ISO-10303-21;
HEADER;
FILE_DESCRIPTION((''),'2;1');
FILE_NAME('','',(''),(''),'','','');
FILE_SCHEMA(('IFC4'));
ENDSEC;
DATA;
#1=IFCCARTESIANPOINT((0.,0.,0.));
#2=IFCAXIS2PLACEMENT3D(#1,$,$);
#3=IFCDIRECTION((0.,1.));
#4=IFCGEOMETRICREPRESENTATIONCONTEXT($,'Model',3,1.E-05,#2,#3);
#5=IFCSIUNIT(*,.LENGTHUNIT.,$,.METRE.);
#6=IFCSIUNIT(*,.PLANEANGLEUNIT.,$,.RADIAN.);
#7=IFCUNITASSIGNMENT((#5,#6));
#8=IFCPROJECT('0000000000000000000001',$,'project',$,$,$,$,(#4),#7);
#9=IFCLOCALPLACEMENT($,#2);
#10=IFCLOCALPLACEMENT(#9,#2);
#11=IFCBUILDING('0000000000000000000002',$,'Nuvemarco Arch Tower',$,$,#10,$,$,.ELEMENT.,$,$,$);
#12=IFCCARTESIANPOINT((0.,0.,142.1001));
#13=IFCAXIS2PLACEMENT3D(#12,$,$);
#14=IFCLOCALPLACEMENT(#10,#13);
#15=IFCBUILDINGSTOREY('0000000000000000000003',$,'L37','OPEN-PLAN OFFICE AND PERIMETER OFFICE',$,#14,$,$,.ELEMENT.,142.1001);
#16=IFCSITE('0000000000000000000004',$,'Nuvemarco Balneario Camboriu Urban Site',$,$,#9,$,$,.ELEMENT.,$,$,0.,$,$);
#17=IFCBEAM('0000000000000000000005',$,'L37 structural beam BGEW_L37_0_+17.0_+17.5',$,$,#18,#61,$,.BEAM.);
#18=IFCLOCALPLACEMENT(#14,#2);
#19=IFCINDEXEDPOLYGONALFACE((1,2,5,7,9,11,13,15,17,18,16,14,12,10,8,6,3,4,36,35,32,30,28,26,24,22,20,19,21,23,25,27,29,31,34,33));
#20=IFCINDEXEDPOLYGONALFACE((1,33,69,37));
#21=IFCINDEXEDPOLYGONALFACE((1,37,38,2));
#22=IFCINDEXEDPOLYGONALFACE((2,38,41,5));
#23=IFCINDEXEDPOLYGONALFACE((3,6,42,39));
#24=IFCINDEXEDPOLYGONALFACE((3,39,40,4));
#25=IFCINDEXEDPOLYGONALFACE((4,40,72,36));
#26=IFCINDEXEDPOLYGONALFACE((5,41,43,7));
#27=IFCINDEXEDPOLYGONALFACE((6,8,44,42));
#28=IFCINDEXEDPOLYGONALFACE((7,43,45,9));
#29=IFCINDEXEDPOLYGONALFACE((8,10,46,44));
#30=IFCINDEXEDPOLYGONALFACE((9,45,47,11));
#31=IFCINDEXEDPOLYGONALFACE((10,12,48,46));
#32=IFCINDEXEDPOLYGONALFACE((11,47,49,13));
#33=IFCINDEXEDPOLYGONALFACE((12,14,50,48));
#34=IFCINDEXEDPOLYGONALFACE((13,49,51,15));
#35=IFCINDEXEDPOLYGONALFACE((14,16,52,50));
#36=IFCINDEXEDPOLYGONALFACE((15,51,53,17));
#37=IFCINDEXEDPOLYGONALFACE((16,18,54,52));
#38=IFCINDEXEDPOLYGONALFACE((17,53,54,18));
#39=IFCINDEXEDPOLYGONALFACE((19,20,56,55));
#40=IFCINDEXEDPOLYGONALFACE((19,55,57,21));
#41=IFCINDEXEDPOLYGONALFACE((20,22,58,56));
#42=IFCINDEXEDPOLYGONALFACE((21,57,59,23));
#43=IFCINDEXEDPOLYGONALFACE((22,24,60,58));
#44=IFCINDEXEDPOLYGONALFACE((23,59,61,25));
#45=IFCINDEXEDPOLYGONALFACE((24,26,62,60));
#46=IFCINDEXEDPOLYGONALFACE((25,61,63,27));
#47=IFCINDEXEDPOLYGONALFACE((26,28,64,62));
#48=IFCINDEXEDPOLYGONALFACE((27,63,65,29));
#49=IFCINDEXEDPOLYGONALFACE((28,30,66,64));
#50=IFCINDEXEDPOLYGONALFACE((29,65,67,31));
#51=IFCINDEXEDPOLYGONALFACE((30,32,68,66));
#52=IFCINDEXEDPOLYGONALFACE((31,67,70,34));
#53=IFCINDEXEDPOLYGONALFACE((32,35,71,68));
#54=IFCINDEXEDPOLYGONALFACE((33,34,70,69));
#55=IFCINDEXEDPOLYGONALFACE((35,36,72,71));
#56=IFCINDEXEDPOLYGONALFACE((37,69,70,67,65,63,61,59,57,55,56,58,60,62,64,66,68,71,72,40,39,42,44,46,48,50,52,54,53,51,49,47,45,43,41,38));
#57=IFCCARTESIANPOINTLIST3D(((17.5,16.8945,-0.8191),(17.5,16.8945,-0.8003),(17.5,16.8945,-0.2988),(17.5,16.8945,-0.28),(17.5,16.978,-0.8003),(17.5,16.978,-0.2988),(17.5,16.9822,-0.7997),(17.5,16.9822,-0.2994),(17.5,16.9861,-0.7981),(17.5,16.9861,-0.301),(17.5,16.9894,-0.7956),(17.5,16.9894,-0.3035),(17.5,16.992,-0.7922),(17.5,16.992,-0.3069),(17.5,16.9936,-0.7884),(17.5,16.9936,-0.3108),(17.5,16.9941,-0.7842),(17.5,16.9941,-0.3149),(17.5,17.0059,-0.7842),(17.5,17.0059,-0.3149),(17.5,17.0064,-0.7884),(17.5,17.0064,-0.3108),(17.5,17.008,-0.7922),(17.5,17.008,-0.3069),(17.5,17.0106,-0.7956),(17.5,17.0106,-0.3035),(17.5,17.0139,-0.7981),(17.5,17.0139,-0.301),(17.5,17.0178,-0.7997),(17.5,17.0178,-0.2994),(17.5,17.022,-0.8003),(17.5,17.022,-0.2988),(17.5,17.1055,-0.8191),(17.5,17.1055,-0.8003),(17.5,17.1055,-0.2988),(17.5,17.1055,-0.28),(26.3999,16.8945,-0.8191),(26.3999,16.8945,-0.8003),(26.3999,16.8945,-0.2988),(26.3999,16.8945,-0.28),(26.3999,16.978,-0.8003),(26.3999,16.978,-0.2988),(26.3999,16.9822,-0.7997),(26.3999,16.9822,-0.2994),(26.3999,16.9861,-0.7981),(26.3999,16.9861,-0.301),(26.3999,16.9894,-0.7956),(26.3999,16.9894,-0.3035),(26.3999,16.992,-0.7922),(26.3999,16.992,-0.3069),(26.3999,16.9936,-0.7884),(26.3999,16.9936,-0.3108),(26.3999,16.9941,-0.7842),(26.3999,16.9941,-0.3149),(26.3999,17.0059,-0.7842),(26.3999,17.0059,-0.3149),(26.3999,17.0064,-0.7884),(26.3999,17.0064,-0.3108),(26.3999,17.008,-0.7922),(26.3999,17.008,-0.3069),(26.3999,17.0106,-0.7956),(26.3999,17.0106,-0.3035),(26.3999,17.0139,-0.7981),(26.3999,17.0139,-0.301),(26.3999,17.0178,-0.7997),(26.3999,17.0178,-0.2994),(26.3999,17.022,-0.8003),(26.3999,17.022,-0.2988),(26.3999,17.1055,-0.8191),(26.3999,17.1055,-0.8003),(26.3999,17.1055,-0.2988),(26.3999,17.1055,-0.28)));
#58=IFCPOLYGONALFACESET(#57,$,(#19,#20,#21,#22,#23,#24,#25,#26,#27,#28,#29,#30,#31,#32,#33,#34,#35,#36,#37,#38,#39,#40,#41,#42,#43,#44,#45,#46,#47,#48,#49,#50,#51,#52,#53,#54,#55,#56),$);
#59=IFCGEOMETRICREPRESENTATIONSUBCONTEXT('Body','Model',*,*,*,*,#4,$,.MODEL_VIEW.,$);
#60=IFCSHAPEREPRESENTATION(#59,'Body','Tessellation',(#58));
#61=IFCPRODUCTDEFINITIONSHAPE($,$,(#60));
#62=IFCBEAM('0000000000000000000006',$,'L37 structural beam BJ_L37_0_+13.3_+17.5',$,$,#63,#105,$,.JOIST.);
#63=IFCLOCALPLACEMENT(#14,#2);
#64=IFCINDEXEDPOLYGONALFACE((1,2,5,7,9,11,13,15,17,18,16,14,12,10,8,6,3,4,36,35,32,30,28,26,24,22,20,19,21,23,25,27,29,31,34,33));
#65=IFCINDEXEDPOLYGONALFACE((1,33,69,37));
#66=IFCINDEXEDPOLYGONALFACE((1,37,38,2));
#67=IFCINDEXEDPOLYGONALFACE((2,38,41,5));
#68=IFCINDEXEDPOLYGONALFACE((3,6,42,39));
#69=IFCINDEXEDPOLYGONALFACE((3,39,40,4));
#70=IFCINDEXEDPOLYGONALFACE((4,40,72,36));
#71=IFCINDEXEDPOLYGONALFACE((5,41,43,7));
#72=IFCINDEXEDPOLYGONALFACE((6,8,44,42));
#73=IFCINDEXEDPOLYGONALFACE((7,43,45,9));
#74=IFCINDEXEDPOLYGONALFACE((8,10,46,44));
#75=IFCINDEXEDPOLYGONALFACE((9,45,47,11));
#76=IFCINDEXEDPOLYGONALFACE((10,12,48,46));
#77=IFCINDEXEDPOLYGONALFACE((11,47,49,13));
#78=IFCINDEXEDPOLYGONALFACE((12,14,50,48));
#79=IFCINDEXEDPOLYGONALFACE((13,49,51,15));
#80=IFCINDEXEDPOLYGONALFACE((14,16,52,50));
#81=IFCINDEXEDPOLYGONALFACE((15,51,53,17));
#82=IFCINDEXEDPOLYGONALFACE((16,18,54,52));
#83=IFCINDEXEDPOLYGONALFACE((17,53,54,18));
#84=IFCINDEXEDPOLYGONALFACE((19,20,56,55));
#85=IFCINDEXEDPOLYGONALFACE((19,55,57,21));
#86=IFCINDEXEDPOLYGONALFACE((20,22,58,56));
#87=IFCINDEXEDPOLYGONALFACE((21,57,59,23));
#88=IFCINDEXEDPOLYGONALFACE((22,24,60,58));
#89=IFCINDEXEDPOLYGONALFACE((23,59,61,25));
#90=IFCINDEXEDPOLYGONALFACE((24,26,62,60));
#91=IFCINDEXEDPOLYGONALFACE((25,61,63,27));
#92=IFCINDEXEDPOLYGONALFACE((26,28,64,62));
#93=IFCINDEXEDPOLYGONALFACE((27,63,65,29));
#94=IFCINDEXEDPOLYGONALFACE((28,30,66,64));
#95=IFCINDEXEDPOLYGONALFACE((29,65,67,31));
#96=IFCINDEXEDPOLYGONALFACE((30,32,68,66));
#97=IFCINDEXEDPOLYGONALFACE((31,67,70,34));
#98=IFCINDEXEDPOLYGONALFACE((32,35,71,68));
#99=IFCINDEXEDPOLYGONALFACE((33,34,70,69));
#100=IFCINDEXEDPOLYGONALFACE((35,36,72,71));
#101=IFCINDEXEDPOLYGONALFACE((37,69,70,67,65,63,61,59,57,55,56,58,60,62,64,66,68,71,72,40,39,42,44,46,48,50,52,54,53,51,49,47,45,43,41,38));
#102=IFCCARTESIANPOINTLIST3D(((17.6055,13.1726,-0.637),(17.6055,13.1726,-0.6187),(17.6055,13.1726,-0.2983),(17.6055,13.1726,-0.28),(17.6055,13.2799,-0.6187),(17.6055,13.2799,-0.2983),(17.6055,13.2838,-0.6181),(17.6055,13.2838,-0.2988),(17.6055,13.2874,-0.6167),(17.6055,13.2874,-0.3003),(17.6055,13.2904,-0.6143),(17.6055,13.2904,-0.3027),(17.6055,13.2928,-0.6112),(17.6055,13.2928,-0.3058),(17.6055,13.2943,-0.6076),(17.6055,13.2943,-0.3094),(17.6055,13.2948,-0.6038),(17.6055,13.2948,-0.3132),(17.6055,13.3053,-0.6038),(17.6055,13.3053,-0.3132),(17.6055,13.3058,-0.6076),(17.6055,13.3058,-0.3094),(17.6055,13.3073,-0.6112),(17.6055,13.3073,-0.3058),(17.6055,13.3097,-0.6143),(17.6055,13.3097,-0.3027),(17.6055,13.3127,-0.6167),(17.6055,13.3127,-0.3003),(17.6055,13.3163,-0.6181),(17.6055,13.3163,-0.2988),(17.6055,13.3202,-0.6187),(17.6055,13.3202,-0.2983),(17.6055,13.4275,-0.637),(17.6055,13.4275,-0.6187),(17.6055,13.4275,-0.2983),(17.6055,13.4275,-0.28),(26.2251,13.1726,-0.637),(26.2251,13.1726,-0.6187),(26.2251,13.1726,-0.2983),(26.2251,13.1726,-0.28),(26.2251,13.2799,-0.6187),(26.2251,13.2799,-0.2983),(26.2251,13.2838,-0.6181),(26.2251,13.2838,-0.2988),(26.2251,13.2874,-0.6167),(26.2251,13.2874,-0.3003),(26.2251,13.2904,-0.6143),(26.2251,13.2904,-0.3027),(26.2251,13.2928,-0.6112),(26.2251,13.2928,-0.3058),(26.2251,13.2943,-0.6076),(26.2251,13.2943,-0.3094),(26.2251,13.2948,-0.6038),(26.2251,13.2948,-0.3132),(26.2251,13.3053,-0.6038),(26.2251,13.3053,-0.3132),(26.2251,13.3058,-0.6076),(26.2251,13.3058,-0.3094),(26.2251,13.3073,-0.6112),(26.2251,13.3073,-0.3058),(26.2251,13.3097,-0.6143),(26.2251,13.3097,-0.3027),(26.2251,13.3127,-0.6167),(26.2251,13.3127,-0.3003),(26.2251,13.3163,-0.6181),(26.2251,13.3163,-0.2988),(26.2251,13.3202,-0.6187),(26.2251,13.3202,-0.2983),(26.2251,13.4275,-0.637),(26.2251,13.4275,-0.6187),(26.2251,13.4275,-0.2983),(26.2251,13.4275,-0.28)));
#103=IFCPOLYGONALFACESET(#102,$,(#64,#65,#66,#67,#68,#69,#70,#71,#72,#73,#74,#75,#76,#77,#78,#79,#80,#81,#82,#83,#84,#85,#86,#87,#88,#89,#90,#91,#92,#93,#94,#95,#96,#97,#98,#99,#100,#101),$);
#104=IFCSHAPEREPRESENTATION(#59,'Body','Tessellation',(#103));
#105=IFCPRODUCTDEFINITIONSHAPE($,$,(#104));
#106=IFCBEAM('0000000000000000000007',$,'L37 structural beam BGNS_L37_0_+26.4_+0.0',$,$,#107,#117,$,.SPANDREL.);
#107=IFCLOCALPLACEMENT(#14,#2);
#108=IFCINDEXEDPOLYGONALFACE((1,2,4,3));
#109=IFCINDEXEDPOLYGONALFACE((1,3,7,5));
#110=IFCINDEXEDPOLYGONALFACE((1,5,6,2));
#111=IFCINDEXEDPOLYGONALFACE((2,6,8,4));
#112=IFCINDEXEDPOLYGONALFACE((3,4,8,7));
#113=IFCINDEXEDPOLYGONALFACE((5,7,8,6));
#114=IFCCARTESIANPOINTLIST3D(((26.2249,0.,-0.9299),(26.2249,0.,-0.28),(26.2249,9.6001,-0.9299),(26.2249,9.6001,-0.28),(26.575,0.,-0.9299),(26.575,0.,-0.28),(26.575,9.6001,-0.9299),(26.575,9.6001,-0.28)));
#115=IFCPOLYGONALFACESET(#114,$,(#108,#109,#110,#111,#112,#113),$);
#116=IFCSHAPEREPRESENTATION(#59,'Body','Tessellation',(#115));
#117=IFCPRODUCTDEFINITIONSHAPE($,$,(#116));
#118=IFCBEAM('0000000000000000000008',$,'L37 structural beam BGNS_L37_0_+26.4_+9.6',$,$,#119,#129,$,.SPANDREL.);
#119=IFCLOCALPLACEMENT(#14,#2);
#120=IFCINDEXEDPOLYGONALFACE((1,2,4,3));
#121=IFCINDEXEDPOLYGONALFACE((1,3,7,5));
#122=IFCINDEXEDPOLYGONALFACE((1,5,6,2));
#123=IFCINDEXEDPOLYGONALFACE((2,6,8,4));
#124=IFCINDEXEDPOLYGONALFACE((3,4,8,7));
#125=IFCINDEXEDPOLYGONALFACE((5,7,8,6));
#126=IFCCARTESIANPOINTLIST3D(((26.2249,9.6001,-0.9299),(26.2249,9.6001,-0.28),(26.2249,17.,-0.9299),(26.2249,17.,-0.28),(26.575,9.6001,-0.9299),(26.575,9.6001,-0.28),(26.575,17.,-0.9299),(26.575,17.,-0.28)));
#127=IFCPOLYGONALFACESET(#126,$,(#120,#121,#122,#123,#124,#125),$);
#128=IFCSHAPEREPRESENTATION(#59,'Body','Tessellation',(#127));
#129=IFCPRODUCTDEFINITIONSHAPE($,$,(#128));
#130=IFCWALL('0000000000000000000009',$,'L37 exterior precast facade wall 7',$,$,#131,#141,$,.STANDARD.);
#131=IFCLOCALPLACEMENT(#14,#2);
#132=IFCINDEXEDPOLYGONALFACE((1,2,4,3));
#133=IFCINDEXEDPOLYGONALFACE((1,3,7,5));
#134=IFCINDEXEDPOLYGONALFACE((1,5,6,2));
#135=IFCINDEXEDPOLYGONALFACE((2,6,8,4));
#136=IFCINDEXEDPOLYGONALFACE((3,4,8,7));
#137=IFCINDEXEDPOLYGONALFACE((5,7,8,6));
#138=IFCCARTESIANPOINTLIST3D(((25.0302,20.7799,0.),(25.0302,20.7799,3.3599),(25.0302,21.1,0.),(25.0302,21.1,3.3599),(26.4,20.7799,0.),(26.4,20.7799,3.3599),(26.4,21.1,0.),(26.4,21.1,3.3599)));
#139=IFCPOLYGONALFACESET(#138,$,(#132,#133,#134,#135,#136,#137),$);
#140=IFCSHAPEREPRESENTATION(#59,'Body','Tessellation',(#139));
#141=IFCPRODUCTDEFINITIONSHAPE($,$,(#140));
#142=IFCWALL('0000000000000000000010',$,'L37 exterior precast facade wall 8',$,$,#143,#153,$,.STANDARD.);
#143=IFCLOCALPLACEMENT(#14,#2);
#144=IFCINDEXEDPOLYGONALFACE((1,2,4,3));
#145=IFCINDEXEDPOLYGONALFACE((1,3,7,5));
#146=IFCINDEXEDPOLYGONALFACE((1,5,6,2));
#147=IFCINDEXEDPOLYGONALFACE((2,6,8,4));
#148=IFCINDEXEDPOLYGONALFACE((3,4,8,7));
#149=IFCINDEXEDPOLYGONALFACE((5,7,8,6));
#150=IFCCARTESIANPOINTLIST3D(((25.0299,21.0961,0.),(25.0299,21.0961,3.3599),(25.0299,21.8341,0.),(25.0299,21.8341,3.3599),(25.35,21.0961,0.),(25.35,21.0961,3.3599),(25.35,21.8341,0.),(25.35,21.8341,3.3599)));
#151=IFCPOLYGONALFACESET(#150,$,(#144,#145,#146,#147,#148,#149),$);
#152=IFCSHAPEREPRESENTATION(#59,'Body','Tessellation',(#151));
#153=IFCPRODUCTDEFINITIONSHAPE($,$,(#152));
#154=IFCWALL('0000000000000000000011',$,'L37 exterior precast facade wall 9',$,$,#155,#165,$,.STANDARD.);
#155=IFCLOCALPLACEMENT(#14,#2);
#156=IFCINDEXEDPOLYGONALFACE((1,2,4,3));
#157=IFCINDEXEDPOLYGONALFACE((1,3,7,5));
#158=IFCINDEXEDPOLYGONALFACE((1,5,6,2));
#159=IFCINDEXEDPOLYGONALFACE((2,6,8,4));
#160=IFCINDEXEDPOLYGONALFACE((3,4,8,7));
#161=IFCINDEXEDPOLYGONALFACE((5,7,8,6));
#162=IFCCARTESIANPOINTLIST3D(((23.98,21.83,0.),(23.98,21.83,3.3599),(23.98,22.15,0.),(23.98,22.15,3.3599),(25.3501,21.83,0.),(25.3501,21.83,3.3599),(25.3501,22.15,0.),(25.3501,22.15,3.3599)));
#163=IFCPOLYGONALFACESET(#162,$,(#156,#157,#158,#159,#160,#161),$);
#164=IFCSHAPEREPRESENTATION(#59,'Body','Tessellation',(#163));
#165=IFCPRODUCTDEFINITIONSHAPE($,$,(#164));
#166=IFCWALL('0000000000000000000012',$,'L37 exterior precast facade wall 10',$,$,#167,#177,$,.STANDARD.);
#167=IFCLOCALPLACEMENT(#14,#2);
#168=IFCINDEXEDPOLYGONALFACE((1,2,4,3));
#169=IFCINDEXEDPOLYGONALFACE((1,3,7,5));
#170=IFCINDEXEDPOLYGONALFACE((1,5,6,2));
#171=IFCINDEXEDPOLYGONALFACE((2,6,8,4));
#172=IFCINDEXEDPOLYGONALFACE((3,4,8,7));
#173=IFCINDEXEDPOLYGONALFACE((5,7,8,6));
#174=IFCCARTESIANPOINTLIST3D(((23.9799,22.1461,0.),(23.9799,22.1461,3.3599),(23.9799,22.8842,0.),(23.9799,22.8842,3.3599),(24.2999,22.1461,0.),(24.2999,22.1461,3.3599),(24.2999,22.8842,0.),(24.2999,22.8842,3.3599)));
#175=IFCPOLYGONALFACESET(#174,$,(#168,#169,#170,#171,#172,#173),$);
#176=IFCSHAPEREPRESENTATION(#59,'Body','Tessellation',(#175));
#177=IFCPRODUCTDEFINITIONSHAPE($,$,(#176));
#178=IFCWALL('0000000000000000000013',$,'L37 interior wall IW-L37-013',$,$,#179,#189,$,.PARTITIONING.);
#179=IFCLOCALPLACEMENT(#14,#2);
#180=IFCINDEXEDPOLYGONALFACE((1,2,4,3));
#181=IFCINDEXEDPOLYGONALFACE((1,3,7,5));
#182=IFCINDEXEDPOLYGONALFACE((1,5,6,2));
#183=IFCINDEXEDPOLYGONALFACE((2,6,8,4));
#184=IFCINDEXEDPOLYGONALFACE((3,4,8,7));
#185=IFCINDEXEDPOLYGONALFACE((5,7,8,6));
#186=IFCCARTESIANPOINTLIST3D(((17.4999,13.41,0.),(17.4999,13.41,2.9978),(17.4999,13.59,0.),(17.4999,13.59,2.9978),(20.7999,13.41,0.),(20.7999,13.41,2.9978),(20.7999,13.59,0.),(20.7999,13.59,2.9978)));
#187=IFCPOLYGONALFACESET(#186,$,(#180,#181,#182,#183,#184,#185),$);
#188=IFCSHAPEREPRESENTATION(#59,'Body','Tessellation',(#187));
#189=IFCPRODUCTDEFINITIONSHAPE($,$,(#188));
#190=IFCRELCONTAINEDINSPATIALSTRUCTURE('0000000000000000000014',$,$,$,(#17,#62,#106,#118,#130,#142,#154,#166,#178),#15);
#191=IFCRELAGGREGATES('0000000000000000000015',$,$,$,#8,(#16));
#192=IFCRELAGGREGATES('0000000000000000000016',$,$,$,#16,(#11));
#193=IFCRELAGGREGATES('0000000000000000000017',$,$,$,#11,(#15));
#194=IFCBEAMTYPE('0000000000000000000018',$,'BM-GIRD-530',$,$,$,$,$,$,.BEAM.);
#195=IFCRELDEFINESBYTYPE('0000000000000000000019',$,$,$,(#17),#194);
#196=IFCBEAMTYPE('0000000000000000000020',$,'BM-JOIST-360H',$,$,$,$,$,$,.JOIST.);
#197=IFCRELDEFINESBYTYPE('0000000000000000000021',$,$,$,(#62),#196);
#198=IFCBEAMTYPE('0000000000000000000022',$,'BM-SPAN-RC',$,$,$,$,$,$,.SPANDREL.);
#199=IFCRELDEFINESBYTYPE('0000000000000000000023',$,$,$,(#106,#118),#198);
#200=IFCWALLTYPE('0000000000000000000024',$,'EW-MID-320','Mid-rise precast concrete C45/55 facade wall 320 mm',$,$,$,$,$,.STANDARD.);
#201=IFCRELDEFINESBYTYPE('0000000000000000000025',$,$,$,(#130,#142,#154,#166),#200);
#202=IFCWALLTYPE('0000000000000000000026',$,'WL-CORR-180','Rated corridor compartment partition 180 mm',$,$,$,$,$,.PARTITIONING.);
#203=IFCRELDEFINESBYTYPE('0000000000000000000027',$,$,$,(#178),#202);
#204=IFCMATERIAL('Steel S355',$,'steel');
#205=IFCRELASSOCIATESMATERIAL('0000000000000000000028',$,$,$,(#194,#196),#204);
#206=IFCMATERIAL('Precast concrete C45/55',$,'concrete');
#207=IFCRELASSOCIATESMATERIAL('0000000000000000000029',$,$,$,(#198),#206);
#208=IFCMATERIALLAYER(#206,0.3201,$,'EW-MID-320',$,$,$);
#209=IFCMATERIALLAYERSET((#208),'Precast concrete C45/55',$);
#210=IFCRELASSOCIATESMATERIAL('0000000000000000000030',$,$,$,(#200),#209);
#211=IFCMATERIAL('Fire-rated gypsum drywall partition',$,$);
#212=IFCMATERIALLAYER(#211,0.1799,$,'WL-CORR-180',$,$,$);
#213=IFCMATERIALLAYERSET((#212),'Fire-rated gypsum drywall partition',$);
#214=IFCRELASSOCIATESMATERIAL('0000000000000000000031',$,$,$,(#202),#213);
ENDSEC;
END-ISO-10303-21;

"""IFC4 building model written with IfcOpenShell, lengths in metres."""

from ifc_helpers import new_model, si_unit, direction, frame, frame_2d, origin, origin_2d, place, context, subcontext, project, spatial, rectangle, i_section, extrude, material, layer, layer_set, material_profile, profile_set, type_object, element, save


model = new_model("IFC4")

# Units and contexts
model_context = context("Model", 3, precision=1e-05, world=origin(), true_north=direction((0.0, 1.0)))
body_context = subcontext(model_context, "Body", "Model", "MODEL_VIEW")
ifc_project = project(units=[si_unit("LENGTHUNIT", "METRE"), si_unit("PLANEANGLEUNIT", "RADIAN")], contexts=[model_context])

# Site, building, storey
site_placement = place(None, origin())
site = spatial("IfcSite", under=ifc_project, at=site_placement, Name="Nuvemarco Balneario Camboriu Urban Site", CompositionType="ELEMENT", RefElevation=0.0)
building_placement = place(site_placement, origin())
building = spatial("IfcBuilding", under=site, at=building_placement, Name="Nuvemarco Arch Tower", CompositionType="ELEMENT")
storey_placement = place(building_placement, frame((0.0, 0.0, 142.1001)))
storey = spatial("IfcBuildingStorey", under=building, at=storey_placement, Name="L37", Description="OPEN-PLAN OFFICE AND PERIMETER OFFICE", CompositionType="ELEMENT", Elevation=142.1001)

# Shared definitions
ifc_material_1 = material(Name="Steel S355", Category="steel")

# Beams
ifc_material_profile_1 = material_profile(ifc_material_1, i_section(OverallWidth=0.2109, OverallDepth=0.5391, WebThickness=0.0117, FlangeThickness=0.0188, FilletRadius=0.0161, at=origin_2d()), Name="W530x109")
ifc_profile_set_1 = profile_set([ifc_material_profile_1], Name="Steel S355")
beam_type_1 = type_object("IfcBeamType", Name="BM-GIRD-530", PredefinedType="BEAM", material=ifc_profile_set_1)
for number, where, z_axis, x_axis, name in (
    (1, (17.5, 17.0, -0.5496), (1.0, 0.0, 0.0), (0.0, 1.0, 0.0), "L37 structural beam BGEW_L37_0_+17.0_+17.5"),
):
    element("IfcBeam", number, at=place(storey_placement, frame(where, z_axis=z_axis, x_axis=x_axis)), inside=storey, type_object=beam_type_1, Name=name, PredefinedType="BEAM", context=body_context, shape_type="SweptSolid", body=[
        extrude(i_section(OverallWidth=0.2109, OverallDepth=0.5391, WebThickness=0.0117, FlangeThickness=0.0188, FilletRadius=0.0161, at=origin_2d()), origin(), (0.0, 0.0, 1.0), 8.8999),
    ])
ifc_material_profile_2 = material_profile(ifc_material_1, i_section(OverallWidth=0.2549, OverallDepth=0.3569, WebThickness=0.0105, FlangeThickness=0.0183, FilletRadius=0.0149, at=origin_2d()), Name="W360x101")
ifc_profile_set_2 = profile_set([ifc_material_profile_2], Name="Steel S355")
beam_type_2 = type_object("IfcBeamType", Name="BM-JOIST-360H", PredefinedType="JOIST", material=ifc_profile_set_2)
beam_1_placement = place(storey_placement, frame((17.6055, 13.3, -0.4585), z_axis=(1.0, 0.0, 0.0), x_axis=(0.0, 1.0, 0.0)))
element("IfcBeam", 2, at=beam_1_placement, inside=storey, type_object=beam_type_2, Name="L37 structural beam BJ_L37_0_+13.3_+17.5", PredefinedType="JOIST", context=body_context, shape_type="SweptSolid", body=[
    extrude(i_section(OverallWidth=0.2549, OverallDepth=0.3569, WebThickness=0.0105, FlangeThickness=0.0183, FilletRadius=0.0149, at=origin_2d()), origin(), (0.0, 0.0, 1.0), 8.6196),
])
ifc_material_2 = material(Name="Precast concrete C45/55", Category="concrete")
ifc_material_profile_3 = material_profile(ifc_material_2, rectangle(XDim=0.3501, YDim=0.6499, at=origin_2d()), Name="PC-SP-350x650")
ifc_profile_set_3 = profile_set([ifc_material_profile_3], Name="Precast concrete C45/55")
beam_type_3 = type_object("IfcBeamType", Name="BM-SPAN-RC", PredefinedType="SPANDREL", material=ifc_profile_set_3)
beam_2_placement = place(storey_placement, frame((26.3999, 0.0, -0.605), z_axis=(0.0, 1.0, 0.0), x_axis=(-1.0, 0.0, 0.0)))
element("IfcBeam", 3, at=beam_2_placement, inside=storey, type_object=beam_type_3, Name="L37 structural beam BGNS_L37_0_+26.4_+0.0", PredefinedType="SPANDREL", context=body_context, shape_type="SweptSolid", body=[
    extrude(rectangle(XDim=0.3501, YDim=0.6499, at=origin_2d()), origin(), (0.0, 0.0, 1.0), 9.6001),
])
beam_3_placement = place(storey_placement, frame((26.3999, 9.6001, -0.605), z_axis=(0.0, 1.0, 0.0), x_axis=(-1.0, 0.0, 0.0)))
element("IfcBeam", 4, at=beam_3_placement, inside=storey, type_object=beam_type_3, Name="L37 structural beam BGNS_L37_0_+26.4_+9.6", PredefinedType="SPANDREL", context=body_context, shape_type="SweptSolid", body=[
    extrude(rectangle(XDim=0.3501, YDim=0.6499, at=origin_2d()), origin(), (0.0, 0.0, 1.0), 7.3999),
])

# Walls
ifc_layer_1 = layer(ifc_material_2, 0.3201, Name="EW-MID-320")
ifc_layer_set_1 = layer_set([ifc_layer_1], Name="Precast concrete C45/55")
wall_type_1 = type_object("IfcWallType", Name="EW-MID-320", Description="Mid-rise precast concrete C45/55 facade wall 320 mm", PredefinedType="STANDARD", material=ifc_layer_set_1)
wall_1_placement = place(storey_placement, frame((25.03, 20.9399, 0.0), z_axis=(0.0, 0.0, 1.0), x_axis=(1.0, 0.0, 0.0)))
element("IfcWall", 5, at=wall_1_placement, inside=storey, type_object=wall_type_1, Name="L37 exterior precast facade wall 7", PredefinedType="STANDARD", context=body_context, shape_type="SweptSolid", body=[
    extrude(rectangle(XDim=1.3699, YDim=0.3201, at=frame_2d((0.6851, 0.0))), origin(), (0.0, 0.0, 1.0), 3.3599),
])
wall_2_placement = place(storey_placement, frame((25.1899, 21.0959, 0.0), z_axis=(0.0, 0.0, 1.0), x_axis=(0.0, 1.0, 0.0)))
element("IfcWall", 6, at=wall_2_placement, inside=storey, type_object=wall_type_1, Name="L37 exterior precast facade wall 8", PredefinedType="STANDARD", context=body_context, shape_type="SweptSolid", body=[
    extrude(rectangle(XDim=0.738, YDim=0.3201, at=frame_2d((0.3691, 0.0))), origin(), (0.0, 0.0, 1.0), 3.3599),
])
wall_3_placement = place(storey_placement, frame((23.98, 21.99, 0.0), z_axis=(0.0, 0.0, 1.0), x_axis=(1.0, 0.0, 0.0)))
element("IfcWall", 7, at=wall_3_placement, inside=storey, type_object=wall_type_1, Name="L37 exterior precast facade wall 9", PredefinedType="STANDARD", context=body_context, shape_type="SweptSolid", body=[
    extrude(rectangle(XDim=1.3701, YDim=0.3201, at=frame_2d((0.6851, 0.0))), origin(), (0.0, 0.0, 1.0), 3.3599),
])
wall_4_placement = place(storey_placement, frame((24.1399, 22.146, 0.0), z_axis=(0.0, 0.0, 1.0), x_axis=(0.0, 1.0, 0.0)))
element("IfcWall", 8, at=wall_4_placement, inside=storey, type_object=wall_type_1, Name="L37 exterior precast facade wall 10", PredefinedType="STANDARD", context=body_context, shape_type="SweptSolid", body=[
    extrude(rectangle(XDim=0.738, YDim=0.3201, at=frame_2d((0.3691, 0.0))), origin(), (0.0, 0.0, 1.0), 3.3599),
])
ifc_material_3 = material(Name="Fire-rated gypsum drywall partition")
ifc_layer_2 = layer(ifc_material_3, 0.1799, Name="WL-CORR-180")
ifc_layer_set_2 = layer_set([ifc_layer_2], Name="Fire-rated gypsum drywall partition")
wall_type_2 = type_object("IfcWallType", Name="WL-CORR-180", Description="Rated corridor compartment partition 180 mm", PredefinedType="PARTITIONING", material=ifc_layer_set_2)
wall_5_placement = place(storey_placement, frame((17.5, 13.5, 0.0), z_axis=(0.0, 0.0, 1.0), x_axis=(1.0, 0.0, 0.0)))
element("IfcWall", 9, at=wall_5_placement, inside=storey, type_object=wall_type_2, Name="L37 interior wall IW-L37-013", PredefinedType="PARTITIONING", context=body_context, shape_type="SweptSolid", body=[
    extrude(rectangle(XDim=3.3, YDim=0.1799, at=frame_2d((1.6499, 0.0))), origin(), (0.0, 0.0, 1.0), 2.9978),
])

save(model, "model.ifc")
